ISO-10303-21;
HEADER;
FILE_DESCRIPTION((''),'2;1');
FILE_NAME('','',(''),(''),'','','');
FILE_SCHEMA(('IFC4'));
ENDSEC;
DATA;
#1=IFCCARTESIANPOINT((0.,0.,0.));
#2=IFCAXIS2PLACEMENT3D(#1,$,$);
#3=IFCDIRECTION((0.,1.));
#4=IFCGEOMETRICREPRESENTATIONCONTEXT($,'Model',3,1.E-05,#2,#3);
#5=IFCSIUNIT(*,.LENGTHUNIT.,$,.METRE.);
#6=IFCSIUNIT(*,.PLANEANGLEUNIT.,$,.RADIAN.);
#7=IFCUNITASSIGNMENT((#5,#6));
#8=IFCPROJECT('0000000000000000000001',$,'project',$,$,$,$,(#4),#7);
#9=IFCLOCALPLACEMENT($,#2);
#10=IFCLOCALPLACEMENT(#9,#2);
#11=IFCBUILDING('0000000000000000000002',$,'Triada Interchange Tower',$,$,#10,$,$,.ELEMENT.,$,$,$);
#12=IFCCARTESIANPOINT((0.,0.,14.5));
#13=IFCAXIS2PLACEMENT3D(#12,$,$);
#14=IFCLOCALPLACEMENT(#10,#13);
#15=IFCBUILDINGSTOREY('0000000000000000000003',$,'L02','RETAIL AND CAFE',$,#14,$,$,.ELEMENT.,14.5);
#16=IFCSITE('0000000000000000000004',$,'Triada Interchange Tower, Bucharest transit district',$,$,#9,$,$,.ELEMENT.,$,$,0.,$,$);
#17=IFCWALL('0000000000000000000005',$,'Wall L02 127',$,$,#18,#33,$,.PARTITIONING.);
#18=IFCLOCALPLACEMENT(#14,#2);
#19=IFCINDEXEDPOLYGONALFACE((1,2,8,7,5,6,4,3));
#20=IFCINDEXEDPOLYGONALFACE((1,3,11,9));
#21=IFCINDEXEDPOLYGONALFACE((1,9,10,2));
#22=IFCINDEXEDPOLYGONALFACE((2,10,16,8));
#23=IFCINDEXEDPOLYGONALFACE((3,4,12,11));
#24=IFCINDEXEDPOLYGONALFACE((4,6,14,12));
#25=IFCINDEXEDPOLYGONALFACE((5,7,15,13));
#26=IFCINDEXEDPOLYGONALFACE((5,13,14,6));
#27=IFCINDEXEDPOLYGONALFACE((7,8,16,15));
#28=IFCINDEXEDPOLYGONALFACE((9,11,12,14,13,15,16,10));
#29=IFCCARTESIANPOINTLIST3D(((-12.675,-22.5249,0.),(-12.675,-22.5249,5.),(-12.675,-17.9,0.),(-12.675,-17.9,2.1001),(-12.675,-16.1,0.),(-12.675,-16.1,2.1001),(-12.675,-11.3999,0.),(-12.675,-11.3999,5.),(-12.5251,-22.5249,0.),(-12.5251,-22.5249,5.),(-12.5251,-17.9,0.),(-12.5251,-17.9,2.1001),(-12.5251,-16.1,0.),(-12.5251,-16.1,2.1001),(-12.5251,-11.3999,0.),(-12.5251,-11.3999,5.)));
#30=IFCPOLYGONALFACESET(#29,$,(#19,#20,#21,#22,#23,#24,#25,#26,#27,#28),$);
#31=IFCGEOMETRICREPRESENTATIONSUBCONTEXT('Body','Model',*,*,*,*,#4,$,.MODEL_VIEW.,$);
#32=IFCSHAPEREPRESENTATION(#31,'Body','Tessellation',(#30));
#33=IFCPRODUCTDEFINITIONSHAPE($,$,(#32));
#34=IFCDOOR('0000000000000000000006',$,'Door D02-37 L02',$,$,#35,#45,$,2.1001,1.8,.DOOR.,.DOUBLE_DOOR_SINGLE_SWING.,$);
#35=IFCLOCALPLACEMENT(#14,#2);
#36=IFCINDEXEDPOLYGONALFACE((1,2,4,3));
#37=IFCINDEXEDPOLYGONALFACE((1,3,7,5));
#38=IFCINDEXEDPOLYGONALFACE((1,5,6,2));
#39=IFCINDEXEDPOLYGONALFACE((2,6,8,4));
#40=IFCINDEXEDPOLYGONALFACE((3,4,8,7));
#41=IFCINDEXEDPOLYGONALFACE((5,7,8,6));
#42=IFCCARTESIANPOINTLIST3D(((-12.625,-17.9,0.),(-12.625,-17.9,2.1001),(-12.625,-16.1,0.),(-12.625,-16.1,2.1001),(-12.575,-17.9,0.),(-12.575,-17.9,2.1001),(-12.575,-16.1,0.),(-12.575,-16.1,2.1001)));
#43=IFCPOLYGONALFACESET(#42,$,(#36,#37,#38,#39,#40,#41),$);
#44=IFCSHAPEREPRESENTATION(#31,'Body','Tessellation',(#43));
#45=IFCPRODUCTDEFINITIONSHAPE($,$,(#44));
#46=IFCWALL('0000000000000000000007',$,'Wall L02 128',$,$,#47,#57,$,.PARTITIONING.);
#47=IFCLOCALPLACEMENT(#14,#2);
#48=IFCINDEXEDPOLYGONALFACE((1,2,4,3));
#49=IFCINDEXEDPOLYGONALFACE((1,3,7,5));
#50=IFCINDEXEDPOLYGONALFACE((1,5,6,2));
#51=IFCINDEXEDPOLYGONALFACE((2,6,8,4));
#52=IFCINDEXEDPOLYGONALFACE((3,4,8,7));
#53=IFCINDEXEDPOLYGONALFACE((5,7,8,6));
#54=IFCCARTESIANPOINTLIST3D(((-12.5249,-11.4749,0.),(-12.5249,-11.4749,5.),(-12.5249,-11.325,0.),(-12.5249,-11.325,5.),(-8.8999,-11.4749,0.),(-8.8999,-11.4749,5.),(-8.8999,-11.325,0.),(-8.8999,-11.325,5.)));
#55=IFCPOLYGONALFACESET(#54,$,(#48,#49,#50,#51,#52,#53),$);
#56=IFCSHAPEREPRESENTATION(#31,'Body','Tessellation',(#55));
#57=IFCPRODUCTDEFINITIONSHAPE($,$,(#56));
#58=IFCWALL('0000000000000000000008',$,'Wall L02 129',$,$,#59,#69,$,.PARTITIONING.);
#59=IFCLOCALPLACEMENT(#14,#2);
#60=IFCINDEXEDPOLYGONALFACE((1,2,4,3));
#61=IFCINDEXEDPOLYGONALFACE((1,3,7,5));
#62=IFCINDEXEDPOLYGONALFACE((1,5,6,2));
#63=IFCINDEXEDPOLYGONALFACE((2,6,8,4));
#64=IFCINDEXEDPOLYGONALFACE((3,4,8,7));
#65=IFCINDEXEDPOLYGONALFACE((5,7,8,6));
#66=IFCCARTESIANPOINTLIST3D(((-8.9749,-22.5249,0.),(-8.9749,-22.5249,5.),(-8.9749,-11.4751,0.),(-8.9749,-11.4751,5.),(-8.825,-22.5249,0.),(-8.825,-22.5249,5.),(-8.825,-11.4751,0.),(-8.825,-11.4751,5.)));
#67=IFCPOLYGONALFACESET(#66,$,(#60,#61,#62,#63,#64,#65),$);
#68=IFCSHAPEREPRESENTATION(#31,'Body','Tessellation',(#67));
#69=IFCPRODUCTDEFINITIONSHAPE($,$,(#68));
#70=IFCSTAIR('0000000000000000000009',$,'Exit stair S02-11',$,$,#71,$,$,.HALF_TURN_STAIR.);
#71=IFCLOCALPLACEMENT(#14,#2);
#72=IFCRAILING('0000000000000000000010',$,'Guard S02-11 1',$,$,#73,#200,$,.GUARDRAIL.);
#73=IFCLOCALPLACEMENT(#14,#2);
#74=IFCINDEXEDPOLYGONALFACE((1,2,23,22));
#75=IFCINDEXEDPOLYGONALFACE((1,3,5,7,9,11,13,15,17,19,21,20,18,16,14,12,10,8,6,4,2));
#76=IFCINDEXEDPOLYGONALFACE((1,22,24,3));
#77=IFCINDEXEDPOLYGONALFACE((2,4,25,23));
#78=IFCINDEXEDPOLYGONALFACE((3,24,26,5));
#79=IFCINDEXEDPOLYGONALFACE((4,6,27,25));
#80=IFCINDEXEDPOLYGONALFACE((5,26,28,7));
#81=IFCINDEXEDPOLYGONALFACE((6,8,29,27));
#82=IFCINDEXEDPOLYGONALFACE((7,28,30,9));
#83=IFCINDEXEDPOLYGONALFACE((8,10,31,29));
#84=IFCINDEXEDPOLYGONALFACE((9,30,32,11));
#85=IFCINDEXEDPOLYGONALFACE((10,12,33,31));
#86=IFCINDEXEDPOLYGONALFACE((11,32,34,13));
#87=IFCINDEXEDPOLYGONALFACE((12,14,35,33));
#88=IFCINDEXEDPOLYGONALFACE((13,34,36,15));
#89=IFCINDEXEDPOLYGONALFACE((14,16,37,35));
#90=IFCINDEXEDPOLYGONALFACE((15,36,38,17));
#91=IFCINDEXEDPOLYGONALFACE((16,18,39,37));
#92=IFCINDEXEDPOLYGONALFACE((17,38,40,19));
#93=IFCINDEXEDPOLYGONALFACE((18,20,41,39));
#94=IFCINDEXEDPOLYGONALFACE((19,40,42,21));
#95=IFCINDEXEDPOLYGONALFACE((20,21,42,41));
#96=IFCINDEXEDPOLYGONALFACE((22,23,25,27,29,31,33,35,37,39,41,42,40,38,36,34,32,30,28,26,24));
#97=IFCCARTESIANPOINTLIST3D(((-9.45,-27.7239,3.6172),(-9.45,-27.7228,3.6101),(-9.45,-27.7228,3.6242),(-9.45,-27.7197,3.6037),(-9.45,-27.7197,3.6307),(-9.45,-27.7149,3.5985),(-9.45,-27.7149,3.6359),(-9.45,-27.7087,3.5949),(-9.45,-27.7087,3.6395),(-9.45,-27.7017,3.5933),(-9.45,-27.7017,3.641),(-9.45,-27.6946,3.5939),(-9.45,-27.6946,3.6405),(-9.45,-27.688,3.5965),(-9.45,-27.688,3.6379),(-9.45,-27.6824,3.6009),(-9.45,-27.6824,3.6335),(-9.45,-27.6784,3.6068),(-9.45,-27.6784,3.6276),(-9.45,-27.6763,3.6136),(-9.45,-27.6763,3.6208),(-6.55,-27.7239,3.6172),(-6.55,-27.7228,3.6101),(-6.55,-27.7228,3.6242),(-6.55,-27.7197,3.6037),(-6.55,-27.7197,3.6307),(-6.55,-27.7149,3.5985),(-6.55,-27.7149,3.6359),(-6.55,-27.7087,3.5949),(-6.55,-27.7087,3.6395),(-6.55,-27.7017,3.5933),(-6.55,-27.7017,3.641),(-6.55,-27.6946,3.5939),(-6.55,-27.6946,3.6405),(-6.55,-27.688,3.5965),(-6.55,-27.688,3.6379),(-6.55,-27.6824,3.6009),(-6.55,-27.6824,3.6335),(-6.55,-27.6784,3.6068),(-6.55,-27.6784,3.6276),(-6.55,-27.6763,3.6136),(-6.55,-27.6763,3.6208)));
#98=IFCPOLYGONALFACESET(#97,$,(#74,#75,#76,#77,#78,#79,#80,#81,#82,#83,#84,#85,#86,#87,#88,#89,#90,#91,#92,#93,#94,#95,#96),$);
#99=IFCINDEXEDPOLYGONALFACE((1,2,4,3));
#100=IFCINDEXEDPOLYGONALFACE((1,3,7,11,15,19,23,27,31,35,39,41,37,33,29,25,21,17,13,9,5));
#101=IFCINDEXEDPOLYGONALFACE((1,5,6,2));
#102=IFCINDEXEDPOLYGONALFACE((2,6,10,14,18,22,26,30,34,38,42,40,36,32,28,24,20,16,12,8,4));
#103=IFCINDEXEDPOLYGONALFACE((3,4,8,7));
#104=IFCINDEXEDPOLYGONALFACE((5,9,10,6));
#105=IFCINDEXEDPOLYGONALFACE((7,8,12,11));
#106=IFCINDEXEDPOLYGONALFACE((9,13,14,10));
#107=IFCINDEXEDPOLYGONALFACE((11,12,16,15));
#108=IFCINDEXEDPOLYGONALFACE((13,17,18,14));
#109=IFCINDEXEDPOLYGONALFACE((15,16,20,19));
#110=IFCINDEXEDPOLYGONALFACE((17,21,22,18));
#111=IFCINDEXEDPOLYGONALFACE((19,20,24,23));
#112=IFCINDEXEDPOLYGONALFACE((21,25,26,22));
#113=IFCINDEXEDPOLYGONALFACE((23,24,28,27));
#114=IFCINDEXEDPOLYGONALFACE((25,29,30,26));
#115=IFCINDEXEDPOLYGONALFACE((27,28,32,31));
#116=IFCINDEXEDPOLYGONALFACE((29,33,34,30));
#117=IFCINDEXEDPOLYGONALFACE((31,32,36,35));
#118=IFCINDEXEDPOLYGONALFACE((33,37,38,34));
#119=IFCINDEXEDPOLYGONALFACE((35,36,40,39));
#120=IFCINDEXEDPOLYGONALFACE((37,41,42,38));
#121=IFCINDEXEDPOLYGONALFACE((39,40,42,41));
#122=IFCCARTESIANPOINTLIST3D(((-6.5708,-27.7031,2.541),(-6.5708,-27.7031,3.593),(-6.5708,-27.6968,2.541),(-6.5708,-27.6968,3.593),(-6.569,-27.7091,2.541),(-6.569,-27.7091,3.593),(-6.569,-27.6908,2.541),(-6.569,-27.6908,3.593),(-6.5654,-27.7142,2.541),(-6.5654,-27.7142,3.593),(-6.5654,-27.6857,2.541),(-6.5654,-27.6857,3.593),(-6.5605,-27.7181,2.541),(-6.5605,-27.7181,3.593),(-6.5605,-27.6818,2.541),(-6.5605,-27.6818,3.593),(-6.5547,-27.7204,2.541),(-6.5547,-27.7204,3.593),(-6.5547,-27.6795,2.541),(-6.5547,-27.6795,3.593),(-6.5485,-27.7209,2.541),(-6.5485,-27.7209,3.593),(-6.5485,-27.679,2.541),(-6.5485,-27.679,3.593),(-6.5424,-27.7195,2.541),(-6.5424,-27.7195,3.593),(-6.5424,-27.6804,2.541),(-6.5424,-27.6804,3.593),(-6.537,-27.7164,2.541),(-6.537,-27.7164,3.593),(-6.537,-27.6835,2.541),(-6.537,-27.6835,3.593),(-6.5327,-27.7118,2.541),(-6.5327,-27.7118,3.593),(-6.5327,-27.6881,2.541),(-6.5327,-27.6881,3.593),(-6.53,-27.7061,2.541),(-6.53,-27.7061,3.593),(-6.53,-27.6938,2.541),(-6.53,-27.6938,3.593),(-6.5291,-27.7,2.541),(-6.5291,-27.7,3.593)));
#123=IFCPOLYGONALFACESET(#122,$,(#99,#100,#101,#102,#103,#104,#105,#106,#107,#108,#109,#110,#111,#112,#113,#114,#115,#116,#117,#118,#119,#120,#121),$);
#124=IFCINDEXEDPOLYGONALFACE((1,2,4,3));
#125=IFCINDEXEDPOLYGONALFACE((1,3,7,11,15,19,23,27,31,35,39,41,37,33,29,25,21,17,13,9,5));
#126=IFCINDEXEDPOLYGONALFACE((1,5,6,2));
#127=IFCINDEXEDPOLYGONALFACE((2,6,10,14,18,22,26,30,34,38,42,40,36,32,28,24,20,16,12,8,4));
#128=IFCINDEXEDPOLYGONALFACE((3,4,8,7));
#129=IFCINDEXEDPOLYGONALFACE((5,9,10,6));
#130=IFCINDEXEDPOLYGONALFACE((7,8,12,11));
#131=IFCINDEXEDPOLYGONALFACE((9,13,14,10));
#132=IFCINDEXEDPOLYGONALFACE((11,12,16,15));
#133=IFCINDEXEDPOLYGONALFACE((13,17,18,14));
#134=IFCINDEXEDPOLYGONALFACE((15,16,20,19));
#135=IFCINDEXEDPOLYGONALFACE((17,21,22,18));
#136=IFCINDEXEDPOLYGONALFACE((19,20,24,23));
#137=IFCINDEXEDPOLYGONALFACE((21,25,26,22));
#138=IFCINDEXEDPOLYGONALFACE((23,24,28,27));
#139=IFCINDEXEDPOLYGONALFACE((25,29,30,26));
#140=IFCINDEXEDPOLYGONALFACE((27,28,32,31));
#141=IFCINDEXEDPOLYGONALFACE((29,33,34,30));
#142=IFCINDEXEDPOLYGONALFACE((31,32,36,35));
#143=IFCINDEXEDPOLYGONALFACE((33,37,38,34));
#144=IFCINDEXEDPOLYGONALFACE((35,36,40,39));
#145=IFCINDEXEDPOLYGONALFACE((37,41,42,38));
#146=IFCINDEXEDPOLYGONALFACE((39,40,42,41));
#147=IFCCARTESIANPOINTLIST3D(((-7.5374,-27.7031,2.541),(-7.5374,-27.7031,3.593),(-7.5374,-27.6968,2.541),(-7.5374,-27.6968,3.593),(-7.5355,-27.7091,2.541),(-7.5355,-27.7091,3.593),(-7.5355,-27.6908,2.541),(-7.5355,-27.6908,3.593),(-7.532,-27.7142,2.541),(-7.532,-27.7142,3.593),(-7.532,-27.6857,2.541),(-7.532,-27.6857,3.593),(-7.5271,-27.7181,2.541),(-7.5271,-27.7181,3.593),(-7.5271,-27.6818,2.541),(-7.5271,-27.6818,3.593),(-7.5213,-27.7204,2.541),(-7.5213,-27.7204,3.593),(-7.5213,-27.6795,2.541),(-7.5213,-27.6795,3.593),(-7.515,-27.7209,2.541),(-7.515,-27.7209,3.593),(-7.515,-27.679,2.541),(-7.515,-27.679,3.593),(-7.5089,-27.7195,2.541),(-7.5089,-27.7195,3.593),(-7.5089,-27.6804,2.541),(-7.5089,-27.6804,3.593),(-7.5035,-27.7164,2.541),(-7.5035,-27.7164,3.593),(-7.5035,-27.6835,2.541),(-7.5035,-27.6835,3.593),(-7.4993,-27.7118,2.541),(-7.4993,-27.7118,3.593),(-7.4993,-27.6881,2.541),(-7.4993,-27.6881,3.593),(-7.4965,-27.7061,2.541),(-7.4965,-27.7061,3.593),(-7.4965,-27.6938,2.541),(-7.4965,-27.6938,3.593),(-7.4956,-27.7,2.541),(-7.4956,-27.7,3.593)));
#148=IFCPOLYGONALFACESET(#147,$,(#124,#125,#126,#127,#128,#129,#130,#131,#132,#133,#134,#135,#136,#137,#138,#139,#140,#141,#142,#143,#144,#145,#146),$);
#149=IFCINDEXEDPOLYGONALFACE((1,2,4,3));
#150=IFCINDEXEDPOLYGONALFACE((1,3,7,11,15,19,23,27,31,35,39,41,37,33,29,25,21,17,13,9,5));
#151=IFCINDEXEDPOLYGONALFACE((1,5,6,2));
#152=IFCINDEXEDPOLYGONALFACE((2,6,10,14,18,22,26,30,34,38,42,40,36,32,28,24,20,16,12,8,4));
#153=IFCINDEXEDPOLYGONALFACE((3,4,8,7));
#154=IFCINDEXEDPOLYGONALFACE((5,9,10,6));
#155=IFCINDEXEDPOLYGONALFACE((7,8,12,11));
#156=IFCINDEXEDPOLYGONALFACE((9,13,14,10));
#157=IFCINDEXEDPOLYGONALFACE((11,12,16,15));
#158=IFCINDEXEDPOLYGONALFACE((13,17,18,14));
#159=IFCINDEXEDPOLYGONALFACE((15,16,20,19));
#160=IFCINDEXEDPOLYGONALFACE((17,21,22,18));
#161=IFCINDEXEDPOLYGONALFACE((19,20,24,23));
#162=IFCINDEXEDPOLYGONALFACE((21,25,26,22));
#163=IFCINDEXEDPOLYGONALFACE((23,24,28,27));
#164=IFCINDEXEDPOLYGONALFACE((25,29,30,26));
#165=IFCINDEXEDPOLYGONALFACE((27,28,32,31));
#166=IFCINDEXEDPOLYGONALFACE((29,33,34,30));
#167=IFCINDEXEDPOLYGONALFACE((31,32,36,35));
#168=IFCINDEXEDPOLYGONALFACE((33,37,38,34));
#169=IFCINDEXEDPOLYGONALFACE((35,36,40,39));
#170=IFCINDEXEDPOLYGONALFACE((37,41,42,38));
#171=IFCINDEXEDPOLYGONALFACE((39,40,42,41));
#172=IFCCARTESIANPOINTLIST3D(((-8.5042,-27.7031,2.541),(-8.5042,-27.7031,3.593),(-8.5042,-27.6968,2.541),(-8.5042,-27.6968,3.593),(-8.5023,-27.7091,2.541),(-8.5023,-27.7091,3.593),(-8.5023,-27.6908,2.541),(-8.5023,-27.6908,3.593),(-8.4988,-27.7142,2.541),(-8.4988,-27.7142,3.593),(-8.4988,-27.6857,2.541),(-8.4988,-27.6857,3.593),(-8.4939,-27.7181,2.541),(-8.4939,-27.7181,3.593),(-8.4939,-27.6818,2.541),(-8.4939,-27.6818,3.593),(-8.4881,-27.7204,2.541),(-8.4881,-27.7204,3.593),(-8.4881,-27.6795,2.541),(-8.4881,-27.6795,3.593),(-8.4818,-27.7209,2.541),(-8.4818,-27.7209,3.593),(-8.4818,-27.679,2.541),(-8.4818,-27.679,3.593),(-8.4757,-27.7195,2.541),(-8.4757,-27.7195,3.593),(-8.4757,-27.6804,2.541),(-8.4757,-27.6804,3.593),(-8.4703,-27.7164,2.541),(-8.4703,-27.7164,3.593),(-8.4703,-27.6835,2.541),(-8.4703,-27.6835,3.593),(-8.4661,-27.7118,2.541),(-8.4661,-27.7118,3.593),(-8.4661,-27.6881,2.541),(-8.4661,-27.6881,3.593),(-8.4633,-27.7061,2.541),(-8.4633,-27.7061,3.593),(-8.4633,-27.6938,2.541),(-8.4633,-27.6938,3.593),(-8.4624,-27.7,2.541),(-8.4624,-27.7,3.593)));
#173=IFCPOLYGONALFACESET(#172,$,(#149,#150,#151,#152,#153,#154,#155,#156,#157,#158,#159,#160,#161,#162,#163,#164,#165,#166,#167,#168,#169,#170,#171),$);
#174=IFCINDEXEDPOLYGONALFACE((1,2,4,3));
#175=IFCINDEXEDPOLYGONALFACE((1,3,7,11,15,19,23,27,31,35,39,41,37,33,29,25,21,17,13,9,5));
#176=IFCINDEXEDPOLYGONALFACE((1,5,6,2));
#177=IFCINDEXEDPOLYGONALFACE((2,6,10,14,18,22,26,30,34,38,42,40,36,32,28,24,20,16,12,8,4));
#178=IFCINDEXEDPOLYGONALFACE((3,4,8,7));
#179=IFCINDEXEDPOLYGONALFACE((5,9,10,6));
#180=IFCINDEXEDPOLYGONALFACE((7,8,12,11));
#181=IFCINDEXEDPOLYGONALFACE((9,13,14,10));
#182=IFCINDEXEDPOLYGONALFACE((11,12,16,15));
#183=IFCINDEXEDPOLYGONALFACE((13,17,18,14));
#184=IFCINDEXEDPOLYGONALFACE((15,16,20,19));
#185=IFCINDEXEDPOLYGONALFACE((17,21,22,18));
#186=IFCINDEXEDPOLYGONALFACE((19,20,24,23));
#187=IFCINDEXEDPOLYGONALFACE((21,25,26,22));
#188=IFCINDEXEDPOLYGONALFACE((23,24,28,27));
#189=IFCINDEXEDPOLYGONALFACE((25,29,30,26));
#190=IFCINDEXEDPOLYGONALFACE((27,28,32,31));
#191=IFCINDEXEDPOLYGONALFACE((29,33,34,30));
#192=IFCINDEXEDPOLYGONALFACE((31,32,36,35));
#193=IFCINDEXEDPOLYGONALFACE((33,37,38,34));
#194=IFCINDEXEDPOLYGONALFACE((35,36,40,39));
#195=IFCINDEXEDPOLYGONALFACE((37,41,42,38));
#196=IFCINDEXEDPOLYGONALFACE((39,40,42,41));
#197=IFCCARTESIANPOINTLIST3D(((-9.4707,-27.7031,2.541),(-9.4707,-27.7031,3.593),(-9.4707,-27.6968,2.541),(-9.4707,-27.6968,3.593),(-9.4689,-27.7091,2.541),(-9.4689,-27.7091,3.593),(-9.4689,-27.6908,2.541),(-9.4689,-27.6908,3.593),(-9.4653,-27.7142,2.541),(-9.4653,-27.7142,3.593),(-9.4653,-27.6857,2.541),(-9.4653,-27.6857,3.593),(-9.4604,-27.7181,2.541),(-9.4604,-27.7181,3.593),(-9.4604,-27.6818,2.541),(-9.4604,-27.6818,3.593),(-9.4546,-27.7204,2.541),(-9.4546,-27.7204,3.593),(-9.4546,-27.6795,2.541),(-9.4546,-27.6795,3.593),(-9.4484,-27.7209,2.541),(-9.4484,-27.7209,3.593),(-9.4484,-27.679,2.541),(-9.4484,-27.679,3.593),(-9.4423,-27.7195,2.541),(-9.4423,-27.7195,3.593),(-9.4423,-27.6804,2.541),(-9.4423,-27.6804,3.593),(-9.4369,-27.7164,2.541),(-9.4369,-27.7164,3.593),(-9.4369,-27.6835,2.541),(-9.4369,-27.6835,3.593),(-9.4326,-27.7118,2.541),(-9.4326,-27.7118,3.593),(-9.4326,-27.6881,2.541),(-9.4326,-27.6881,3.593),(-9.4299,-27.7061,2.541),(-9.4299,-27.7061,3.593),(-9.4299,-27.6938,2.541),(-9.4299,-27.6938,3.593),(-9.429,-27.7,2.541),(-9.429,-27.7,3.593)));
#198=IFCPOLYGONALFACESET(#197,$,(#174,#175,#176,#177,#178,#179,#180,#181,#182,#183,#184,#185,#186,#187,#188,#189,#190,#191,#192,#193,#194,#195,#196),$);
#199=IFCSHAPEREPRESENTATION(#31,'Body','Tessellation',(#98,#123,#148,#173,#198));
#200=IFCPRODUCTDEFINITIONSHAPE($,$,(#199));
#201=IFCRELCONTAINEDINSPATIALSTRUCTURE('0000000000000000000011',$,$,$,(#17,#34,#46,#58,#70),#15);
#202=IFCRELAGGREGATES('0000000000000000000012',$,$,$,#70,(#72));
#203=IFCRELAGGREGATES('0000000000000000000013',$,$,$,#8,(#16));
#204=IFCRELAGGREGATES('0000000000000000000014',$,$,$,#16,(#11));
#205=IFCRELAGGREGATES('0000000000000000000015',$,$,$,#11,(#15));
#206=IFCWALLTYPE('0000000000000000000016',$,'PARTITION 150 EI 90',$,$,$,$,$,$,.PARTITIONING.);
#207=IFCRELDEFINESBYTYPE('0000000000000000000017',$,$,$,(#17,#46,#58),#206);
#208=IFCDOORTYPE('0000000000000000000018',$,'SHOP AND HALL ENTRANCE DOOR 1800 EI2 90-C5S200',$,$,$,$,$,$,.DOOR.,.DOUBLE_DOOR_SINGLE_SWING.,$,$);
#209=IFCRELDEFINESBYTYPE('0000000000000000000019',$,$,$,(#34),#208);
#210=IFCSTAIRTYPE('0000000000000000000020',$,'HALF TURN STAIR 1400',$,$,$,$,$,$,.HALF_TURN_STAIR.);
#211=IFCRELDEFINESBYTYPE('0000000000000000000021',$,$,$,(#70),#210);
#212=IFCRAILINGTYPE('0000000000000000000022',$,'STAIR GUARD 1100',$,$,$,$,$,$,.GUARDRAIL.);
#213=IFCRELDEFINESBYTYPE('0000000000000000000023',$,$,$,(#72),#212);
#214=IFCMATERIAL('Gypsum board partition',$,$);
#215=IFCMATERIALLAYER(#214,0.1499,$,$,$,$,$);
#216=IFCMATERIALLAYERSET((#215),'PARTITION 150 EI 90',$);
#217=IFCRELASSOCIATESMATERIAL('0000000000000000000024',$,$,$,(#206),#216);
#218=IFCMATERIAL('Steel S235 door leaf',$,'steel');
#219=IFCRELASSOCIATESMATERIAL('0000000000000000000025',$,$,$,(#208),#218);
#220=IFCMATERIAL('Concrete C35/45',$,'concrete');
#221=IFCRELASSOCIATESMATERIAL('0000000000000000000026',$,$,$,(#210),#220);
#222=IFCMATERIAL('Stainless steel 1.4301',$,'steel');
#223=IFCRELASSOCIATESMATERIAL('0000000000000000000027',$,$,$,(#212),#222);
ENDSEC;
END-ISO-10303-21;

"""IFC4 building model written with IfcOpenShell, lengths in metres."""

from ifc_helpers import new_model, si_unit, direction, frame, frame_2d, origin, origin_2d, place, context, subcontext, project, spatial, rectangle, circle, extrude, material, layer, layer_set, type_object, element, fill, aggregate, save


model = new_model("IFC4")

# Units and contexts
model_context = context("Model", 3, precision=1e-05, world=origin(), true_north=direction((0.0, 1.0)))
body_context = subcontext(model_context, "Body", "Model", "MODEL_VIEW")
ifc_project = project(units=[si_unit("LENGTHUNIT", "METRE"), si_unit("PLANEANGLEUNIT", "RADIAN")], contexts=[model_context])

# Site, building, storey
site_placement = place(None, origin())
site = spatial("IfcSite", under=ifc_project, at=site_placement, Name="Triada Interchange Tower, Bucharest transit district", CompositionType="ELEMENT", RefElevation=0.0)
building_placement = place(site_placement, origin())
building = spatial("IfcBuilding", under=site, at=building_placement, Name="Triada Interchange Tower", CompositionType="ELEMENT")
storey_placement = place(building_placement, frame((0.0, 0.0, 14.5)))
storey = spatial("IfcBuildingStorey", under=building, at=storey_placement, Name="L02", Description="RETAIL AND CAFE", CompositionType="ELEMENT", Elevation=14.5)

# Shared definitions
ifc_material_1 = material(Name="Steel S235 door leaf", Category="steel")

# Shared definitions
ifc_material_2 = material(Name="Gypsum board partition")

# Shared definitions
ifc_layer_1 = layer(ifc_material_2, 0.1499)
ifc_layer_set_1 = layer_set([ifc_layer_1], Name="PARTITION 150 EI 90")
wall_type_1 = type_object("IfcWallType", Name="PARTITION 150 EI 90", PredefinedType="PARTITIONING", material=ifc_layer_set_1)

# Wall, opening, door
wall_1_placement = place(storey_placement, frame((-12.6001, -22.5249, 0.0), z_axis=(0.0, 0.0, 1.0), x_axis=(0.0, 1.0, 0.0)))
wall_1 = element("IfcWall", 1, at=wall_1_placement, inside=storey, type_object=wall_type_1, Name="Wall L02 127", PredefinedType="PARTITIONING", context=body_context, shape_type="SweptSolid", body=[
    extrude(rectangle(XDim=11.125, YDim=0.1499, at=frame_2d((5.5625, 0.0))), origin(), (0.0, 0.0, 1.0), 5.0),
])
opening_1_placement = place(wall_1_placement, frame((4.625, 0.0, 0.0)))
opening_1 = element("IfcOpeningElement", 2, at=opening_1_placement, cuts=wall_1, PredefinedType="OPENING", context=body_context, shape_type="SweptSolid", body=[
    extrude(rectangle(XDim=1.8, YDim=2.1001, at=frame_2d((0.8999, 1.05))), frame((0.0, 0.085, 0.0), z_axis=(0.0, -1.0, 0.0), x_axis=(1.0, 0.0, 0.0)), (0.0, 0.0, 1.0), 0.1699),
])
door_type_1 = type_object("IfcDoorType", Name="SHOP AND HALL ENTRANCE DOOR 1800 EI2 90-C5S200", OperationType="DOUBLE_DOOR_SINGLE_SWING", PredefinedType="DOOR", material=ifc_material_1)
door_1_placement = place(opening_1_placement, origin())
door_1 = element("IfcDoor", 3, at=door_1_placement, inside=storey, type_object=door_type_1, Name="Door D02-37 L02", OperationType="DOUBLE_DOOR_SINGLE_SWING", OverallHeight=2.1001, OverallWidth=1.8, PredefinedType="DOOR", context=body_context, shape_type="SweptSolid", body=[
    extrude(rectangle(XDim=1.8, YDim=2.1001, at=frame_2d((0.8999, 1.05))), frame((0.0, 0.0249, 0.0), z_axis=(0.0, -1.0, 0.0), x_axis=(1.0, 0.0, 0.0)), (0.0, 0.0, 1.0), 0.05),
])
fill(opening_1, door_1)

# Walls
wall_2_placement = place(storey_placement, frame((-12.5249, -11.3999, 0.0), z_axis=(0.0, 0.0, 1.0), x_axis=(1.0, 0.0, 0.0)))
element("IfcWall", 4, at=wall_2_placement, inside=storey, type_object=wall_type_1, Name="Wall L02 128", PredefinedType="PARTITIONING", context=body_context, shape_type="SweptSolid", body=[
    extrude(rectangle(XDim=3.625, YDim=0.1499, at=frame_2d((1.8125, 0.0))), origin(), (0.0, 0.0, 1.0), 5.0),
])
wall_3_placement = place(storey_placement, frame((-8.8999, -22.5249, 0.0), z_axis=(0.0, 0.0, 1.0), x_axis=(0.0, 1.0, 0.0)))
element("IfcWall", 5, at=wall_3_placement, inside=storey, type_object=wall_type_1, Name="Wall L02 129", PredefinedType="PARTITIONING", context=body_context, shape_type="SweptSolid", body=[
    extrude(rectangle(XDim=11.0498, YDim=0.1499, at=frame_2d((5.5249, 0.0))), origin(), (0.0, 0.0, 1.0), 5.0),
])

# Stair, railing
ifc_material_3 = material(Name="Concrete C35/45", Category="concrete")
stair_type = type_object("IfcStairType", Name="HALF TURN STAIR 1400", PredefinedType="HALF_TURN_STAIR", material=ifc_material_3)
stair_placement = place(storey_placement, origin())
stair = element("IfcStair", 6, at=stair_placement, inside=storey, type_object=stair_type, Name="Exit stair S02-11", PredefinedType="HALF_TURN_STAIR")
ifc_material_4 = material(Name="Stainless steel 1.4301", Category="steel")
railing_type = type_object("IfcRailingType", Name="STAIR GUARD 1100", PredefinedType="GUARDRAIL", material=ifc_material_4)
railing_placement = place(storey_placement, frame((-6.55, -27.7, 2.541)))
railing = element("IfcRailing", 7, at=railing_placement, type_object=railing_type, Name="Guard S02-11 1", PredefinedType="GUARDRAIL", context=body_context, shape_type="SweptSolid", body=[
    extrude(circle(Radius=0.0239, at=origin_2d()), frame((0.0, 0.0, 1.0762), z_axis=(-1.0, 0.0, 0.0), x_axis=(0.0, -1.0, 0.0)), (0.0, 0.0, 1.0), 2.8999),
    extrude(circle(Radius=0.021, at=origin_2d()), origin(), (0.0, 0.0, 1.0), 1.052),
    extrude(circle(Radius=0.021, at=origin_2d()), frame((-0.9666, 0.0, 0.0)), (0.0, 0.0, 1.0), 1.052),
    extrude(circle(Radius=0.021, at=origin_2d()), frame((-1.9333, 0.0, 0.0)), (0.0, 0.0, 1.0), 1.052),
    extrude(circle(Radius=0.021, at=origin_2d()), frame((-2.8999, 0.0, 0.0)), (0.0, 0.0, 1.0), 1.052),
])
aggregate(stair, [railing])

save(model, "model.ifc")
